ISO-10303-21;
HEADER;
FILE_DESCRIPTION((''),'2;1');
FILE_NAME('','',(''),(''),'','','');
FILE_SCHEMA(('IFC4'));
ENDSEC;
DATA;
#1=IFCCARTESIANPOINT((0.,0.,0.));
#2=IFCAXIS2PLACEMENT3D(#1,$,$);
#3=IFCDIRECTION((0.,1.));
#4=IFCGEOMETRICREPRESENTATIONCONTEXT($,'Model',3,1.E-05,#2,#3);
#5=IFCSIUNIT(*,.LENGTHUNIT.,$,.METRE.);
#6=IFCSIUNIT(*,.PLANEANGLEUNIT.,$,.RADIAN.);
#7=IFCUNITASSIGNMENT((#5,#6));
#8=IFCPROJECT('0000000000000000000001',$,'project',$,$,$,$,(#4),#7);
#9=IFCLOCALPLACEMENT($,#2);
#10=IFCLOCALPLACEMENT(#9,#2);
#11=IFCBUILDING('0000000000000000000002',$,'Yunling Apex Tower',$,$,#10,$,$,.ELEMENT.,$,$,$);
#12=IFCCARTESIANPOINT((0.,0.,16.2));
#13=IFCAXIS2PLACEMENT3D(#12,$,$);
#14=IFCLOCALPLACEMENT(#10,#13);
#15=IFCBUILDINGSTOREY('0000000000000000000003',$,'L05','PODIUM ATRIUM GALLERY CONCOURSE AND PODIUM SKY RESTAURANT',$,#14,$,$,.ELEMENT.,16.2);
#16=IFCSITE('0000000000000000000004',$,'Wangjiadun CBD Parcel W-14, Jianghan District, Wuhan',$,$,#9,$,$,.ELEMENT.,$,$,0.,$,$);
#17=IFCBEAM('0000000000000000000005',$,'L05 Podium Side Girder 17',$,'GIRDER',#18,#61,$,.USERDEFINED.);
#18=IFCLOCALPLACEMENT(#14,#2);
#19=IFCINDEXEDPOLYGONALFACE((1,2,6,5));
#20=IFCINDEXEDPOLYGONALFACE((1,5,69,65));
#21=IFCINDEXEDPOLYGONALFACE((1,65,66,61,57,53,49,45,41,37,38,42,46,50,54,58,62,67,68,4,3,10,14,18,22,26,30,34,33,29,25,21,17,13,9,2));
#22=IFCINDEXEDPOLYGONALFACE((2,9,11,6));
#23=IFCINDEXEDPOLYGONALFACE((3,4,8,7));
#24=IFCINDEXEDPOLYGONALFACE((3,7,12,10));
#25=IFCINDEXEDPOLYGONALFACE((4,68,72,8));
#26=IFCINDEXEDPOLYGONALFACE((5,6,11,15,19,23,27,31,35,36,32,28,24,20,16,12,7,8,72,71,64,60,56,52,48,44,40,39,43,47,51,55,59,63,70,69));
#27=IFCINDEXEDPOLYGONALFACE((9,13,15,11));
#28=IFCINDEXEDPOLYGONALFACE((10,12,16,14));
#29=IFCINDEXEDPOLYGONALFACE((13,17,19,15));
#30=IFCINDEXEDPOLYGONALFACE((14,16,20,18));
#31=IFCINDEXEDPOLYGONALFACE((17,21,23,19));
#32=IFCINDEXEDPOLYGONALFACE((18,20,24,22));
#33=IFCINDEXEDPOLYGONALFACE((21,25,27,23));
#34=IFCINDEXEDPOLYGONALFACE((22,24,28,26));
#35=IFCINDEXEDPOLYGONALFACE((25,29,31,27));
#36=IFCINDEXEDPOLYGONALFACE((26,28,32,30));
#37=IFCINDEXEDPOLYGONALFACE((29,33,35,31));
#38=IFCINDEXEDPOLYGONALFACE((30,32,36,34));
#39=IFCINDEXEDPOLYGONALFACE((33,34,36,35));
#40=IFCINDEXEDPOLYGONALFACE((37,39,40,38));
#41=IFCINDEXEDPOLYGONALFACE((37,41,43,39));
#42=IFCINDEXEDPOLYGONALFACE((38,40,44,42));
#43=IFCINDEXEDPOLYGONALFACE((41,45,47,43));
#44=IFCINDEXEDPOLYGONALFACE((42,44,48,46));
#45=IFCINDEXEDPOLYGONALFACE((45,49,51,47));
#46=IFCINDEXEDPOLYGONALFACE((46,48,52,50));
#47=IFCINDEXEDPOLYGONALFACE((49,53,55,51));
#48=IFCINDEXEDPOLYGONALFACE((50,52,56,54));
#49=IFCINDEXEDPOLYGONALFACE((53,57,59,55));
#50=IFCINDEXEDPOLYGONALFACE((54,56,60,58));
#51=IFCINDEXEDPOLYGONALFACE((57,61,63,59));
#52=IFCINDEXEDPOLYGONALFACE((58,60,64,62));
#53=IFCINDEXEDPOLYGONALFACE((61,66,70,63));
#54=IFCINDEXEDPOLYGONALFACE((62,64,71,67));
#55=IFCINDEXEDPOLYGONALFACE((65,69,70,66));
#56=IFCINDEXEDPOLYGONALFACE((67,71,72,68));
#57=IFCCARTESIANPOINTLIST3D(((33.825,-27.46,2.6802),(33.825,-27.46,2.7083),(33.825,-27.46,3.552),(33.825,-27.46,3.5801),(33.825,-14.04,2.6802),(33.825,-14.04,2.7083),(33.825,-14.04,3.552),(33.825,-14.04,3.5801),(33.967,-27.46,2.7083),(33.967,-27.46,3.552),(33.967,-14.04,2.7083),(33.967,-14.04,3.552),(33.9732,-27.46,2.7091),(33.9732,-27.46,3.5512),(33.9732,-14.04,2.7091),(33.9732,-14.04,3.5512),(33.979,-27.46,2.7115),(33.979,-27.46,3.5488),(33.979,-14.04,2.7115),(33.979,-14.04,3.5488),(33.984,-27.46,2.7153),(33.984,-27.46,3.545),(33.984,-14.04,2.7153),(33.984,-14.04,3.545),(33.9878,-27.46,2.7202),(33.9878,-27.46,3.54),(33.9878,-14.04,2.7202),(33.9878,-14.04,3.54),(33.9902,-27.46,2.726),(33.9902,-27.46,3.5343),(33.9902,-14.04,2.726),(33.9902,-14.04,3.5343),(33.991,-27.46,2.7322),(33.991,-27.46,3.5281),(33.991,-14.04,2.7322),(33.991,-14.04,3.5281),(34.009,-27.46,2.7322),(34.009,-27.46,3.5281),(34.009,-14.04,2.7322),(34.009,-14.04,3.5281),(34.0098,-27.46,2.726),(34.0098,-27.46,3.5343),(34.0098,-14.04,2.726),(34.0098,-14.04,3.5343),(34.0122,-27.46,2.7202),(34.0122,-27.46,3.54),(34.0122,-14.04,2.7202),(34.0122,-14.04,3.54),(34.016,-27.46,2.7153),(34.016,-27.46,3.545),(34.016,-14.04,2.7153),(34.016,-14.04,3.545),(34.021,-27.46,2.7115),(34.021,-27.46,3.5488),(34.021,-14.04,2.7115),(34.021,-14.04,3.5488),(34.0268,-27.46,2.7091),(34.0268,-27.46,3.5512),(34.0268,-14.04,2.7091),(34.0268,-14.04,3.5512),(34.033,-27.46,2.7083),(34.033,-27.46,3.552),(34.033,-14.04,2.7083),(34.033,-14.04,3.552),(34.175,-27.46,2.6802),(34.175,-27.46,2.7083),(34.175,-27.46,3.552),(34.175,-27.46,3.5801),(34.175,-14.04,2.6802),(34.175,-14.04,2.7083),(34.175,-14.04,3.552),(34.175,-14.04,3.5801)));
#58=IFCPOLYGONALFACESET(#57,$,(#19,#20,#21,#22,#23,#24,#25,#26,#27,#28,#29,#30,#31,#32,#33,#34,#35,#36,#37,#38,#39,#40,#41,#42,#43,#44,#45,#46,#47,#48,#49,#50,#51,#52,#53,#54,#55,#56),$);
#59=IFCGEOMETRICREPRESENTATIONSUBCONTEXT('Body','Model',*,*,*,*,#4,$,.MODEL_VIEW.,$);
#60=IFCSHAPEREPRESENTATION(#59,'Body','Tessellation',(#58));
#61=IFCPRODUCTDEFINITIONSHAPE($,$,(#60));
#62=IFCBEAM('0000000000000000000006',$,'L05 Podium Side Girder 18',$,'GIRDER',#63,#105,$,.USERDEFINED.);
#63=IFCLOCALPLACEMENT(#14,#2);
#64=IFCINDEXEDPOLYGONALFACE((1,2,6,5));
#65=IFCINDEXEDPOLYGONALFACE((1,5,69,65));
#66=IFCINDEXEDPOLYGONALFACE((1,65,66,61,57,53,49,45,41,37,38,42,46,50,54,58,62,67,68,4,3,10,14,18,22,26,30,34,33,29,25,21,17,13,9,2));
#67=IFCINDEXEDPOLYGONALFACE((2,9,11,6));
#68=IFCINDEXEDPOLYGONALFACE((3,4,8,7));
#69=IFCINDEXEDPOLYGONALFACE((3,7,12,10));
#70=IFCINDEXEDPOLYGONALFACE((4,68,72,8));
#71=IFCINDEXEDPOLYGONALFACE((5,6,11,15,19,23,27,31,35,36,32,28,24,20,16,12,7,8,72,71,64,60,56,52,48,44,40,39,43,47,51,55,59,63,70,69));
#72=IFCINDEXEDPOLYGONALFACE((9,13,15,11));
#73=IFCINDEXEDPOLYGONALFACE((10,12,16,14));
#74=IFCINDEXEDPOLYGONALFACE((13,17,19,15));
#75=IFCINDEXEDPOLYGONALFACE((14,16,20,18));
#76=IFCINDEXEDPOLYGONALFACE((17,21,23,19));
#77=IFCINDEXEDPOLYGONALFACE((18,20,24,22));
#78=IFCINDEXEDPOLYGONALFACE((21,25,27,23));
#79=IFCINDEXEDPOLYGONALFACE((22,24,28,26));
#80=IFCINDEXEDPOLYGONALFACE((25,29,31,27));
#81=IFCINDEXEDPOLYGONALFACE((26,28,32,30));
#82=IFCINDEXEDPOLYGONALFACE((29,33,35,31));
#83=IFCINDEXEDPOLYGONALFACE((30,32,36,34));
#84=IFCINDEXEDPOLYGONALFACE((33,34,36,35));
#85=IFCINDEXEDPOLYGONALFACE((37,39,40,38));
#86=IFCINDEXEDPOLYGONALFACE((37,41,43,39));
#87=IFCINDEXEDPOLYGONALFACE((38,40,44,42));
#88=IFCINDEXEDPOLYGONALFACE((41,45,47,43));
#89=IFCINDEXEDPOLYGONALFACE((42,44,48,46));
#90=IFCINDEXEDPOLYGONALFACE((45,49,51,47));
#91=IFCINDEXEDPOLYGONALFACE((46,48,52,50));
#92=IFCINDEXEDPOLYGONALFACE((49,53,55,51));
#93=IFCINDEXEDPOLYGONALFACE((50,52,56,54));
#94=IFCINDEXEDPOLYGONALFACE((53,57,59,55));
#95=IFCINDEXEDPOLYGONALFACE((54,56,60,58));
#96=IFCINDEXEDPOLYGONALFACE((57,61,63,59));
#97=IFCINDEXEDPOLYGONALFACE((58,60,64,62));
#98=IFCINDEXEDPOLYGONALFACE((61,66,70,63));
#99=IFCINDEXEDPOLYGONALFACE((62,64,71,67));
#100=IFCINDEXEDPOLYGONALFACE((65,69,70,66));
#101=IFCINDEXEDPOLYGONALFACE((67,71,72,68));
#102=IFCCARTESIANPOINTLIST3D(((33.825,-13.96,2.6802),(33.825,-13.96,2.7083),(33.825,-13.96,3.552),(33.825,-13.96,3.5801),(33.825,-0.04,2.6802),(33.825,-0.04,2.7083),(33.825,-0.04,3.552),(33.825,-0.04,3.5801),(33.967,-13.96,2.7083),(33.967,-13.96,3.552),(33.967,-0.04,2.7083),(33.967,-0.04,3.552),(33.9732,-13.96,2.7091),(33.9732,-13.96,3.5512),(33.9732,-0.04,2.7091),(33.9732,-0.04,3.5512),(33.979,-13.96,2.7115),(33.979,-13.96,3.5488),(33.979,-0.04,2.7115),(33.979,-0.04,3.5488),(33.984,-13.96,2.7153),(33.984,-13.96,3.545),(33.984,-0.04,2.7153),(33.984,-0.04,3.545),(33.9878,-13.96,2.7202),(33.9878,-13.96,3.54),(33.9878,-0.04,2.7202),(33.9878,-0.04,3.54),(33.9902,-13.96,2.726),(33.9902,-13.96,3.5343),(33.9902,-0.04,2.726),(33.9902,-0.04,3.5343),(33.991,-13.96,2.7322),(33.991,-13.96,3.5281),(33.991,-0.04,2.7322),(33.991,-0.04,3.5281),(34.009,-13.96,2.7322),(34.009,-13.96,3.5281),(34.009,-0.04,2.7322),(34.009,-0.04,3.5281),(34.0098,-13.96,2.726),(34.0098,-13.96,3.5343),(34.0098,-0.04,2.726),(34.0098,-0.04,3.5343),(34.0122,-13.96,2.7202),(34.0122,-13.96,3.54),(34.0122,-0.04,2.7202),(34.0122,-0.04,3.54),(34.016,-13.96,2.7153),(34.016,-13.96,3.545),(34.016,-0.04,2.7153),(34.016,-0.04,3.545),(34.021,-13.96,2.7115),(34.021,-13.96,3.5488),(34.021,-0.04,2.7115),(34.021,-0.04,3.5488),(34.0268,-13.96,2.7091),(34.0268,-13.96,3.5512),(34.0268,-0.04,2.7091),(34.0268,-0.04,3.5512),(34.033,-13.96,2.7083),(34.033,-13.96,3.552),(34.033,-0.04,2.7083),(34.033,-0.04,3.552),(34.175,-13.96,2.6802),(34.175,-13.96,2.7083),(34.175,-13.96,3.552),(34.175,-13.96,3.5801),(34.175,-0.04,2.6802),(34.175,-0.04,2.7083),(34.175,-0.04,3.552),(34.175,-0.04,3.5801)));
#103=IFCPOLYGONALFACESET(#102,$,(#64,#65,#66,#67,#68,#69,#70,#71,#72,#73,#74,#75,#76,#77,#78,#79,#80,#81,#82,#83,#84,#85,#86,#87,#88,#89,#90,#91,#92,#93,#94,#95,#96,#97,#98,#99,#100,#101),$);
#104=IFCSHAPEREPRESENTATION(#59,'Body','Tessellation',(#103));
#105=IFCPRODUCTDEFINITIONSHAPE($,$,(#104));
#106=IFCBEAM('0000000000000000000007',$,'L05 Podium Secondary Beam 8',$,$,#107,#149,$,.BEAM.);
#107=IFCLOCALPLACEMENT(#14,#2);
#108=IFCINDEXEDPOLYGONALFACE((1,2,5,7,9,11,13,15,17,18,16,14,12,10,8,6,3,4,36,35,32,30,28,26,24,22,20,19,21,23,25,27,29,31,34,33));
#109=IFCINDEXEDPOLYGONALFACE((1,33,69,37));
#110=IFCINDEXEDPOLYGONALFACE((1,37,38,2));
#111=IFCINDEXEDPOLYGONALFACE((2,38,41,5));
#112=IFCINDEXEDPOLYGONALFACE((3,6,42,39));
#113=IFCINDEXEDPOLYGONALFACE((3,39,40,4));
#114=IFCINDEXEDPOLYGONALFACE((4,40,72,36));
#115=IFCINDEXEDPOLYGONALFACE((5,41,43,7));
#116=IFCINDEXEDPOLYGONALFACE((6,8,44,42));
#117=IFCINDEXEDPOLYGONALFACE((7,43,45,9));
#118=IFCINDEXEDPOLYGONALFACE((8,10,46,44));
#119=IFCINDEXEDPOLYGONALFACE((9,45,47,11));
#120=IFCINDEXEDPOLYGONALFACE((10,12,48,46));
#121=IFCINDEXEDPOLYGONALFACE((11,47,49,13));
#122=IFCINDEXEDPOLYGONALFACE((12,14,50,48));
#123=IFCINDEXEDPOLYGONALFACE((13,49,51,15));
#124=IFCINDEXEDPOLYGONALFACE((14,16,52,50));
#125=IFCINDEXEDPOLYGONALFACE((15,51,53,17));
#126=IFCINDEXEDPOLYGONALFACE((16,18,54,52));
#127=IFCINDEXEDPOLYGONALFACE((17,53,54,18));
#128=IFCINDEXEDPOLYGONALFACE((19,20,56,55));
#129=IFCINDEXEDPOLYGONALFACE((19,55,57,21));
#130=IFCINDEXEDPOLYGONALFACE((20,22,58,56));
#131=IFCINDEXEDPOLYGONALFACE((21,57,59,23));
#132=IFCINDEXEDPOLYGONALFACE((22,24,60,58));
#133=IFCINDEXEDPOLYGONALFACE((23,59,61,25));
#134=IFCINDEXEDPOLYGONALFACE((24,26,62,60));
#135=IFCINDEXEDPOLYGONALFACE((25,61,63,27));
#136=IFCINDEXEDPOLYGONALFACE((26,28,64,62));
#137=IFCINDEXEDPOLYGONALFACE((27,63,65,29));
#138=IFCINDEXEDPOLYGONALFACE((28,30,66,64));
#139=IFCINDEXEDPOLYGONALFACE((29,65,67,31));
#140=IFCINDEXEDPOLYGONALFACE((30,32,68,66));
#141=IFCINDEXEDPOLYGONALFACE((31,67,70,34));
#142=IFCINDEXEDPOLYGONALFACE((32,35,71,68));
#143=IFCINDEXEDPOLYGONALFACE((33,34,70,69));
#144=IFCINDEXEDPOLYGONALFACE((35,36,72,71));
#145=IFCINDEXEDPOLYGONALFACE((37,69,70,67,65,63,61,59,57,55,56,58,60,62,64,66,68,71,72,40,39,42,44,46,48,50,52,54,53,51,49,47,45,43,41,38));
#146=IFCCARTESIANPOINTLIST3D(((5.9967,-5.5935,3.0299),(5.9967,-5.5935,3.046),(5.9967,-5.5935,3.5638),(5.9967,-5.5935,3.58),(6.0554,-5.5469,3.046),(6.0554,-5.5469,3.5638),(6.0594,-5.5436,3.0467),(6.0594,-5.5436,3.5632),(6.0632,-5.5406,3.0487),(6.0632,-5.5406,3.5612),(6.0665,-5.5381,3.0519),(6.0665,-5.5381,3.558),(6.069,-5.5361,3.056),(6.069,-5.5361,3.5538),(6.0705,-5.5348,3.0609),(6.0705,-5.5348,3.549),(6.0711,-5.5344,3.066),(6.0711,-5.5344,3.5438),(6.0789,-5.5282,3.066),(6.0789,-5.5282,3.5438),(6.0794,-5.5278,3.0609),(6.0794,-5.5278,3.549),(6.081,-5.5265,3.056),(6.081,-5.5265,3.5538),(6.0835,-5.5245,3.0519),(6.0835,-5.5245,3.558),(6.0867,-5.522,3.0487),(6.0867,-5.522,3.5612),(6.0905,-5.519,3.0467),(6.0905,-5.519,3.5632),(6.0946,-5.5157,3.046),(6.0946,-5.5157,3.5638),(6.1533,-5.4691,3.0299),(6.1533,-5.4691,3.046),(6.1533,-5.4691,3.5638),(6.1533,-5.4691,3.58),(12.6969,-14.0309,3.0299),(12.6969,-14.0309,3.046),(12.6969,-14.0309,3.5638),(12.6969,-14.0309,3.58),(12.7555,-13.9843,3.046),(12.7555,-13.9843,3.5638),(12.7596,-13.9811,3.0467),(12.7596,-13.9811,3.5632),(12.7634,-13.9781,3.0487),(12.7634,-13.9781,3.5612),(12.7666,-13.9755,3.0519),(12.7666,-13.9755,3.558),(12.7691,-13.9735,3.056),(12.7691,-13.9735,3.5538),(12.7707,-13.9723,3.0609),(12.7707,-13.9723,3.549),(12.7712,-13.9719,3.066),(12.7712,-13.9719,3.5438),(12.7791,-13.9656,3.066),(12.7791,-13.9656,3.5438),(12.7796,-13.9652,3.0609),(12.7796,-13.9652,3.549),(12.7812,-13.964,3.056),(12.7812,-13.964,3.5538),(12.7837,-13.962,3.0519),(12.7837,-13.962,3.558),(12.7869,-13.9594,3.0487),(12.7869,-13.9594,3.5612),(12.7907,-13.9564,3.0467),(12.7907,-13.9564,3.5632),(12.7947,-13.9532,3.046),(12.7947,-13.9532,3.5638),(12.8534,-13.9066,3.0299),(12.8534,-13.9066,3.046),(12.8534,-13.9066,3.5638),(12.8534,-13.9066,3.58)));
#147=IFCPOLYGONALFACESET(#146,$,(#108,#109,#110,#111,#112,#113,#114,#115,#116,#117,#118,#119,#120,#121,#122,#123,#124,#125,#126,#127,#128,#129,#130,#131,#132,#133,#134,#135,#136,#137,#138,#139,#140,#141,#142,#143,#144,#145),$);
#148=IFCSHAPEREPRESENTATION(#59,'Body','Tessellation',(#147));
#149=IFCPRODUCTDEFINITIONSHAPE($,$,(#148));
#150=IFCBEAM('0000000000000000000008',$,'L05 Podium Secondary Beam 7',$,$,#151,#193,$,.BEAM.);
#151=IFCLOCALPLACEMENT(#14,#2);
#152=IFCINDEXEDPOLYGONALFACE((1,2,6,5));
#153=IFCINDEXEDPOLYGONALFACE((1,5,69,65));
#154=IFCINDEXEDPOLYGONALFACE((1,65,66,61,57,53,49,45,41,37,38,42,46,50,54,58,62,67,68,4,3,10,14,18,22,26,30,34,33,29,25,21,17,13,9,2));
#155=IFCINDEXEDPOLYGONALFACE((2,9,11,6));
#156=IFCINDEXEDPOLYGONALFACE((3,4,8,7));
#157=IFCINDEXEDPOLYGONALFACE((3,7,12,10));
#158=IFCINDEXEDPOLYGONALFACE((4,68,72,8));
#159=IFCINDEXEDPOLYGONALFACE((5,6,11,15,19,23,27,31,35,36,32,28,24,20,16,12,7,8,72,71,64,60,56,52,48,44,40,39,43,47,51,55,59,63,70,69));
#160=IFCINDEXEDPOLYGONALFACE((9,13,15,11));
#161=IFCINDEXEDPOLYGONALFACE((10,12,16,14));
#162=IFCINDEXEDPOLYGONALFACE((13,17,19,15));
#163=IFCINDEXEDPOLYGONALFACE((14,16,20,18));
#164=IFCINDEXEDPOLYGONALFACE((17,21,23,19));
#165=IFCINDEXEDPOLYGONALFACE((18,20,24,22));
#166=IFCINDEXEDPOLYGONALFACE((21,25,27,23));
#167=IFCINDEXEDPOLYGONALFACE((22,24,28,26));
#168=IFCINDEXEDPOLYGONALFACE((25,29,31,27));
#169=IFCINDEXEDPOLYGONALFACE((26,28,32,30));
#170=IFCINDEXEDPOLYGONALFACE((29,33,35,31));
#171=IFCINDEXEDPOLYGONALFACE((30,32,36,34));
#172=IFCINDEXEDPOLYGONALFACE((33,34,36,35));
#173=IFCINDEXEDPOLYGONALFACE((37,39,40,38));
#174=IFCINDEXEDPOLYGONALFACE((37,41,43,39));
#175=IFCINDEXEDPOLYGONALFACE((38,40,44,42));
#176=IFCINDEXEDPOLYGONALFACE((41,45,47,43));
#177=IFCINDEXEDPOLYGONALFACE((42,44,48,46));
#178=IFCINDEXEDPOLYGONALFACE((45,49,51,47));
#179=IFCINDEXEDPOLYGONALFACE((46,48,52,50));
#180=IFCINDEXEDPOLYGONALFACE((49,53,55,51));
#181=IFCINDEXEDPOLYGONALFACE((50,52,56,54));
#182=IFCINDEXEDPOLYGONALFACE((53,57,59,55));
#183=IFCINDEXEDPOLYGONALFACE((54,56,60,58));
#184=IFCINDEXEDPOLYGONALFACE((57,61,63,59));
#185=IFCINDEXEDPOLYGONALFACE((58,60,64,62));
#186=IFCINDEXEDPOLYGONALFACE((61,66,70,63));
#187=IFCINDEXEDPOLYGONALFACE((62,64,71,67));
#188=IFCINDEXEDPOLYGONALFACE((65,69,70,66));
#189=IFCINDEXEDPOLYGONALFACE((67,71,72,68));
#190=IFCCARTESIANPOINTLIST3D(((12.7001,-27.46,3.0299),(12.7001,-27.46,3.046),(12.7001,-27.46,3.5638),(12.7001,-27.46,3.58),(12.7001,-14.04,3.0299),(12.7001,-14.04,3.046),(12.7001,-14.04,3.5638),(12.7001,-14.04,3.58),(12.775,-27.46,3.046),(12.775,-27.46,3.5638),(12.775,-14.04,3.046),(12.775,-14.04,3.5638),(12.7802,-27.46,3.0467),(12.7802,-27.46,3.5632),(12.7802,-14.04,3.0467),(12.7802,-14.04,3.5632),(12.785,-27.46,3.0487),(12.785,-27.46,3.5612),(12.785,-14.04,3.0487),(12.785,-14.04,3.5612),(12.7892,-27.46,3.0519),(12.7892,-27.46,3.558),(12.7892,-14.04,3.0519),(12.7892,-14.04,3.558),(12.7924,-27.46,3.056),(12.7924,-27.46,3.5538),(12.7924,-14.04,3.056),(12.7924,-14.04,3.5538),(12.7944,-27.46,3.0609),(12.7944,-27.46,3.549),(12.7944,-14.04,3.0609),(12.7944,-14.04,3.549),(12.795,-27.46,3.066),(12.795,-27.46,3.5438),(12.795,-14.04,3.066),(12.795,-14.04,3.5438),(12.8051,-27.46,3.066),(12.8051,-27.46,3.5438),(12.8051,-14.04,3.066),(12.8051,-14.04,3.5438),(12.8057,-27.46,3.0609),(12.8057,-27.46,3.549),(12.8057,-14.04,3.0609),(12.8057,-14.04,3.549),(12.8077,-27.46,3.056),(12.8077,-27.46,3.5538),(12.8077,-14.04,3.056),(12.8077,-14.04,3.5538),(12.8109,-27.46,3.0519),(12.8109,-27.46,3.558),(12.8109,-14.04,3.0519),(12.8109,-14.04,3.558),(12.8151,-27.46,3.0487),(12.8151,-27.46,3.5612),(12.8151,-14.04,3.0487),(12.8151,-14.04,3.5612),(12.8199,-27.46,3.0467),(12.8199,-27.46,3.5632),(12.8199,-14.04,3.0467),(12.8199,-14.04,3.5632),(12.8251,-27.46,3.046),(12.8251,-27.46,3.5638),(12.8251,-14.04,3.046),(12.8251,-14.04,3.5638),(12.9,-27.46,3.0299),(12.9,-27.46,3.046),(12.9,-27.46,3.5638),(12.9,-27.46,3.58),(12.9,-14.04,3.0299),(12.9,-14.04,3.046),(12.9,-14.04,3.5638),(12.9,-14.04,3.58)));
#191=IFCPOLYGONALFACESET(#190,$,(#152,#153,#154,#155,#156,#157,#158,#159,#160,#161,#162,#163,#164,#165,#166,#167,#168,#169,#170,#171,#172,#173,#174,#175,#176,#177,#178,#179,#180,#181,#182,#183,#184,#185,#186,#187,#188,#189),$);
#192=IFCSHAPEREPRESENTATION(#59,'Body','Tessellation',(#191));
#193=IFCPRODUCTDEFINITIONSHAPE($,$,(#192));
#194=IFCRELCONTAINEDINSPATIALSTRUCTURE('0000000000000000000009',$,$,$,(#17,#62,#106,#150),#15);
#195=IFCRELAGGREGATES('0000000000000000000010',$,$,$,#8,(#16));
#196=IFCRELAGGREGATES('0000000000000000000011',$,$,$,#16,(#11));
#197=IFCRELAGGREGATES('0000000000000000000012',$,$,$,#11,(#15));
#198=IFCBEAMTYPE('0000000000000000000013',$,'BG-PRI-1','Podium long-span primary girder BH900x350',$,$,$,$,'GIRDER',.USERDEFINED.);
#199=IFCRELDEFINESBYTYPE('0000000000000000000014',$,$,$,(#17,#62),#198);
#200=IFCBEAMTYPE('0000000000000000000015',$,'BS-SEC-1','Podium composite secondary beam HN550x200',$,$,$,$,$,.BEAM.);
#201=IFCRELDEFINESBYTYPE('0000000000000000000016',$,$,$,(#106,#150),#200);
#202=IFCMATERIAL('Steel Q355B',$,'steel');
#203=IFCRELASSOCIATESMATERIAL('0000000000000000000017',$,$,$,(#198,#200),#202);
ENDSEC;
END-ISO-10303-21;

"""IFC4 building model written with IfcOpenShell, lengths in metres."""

from ifc_helpers import new_model, si_unit, direction, frame, origin, origin_2d, place, context, subcontext, project, spatial, i_section, extrude, source, transform, mapped, material, material_profile, profile_set, type_object, element, save


model = new_model("IFC4")

# Units and contexts
model_context = context("Model", 3, precision=1e-05, world=origin(), true_north=direction((0.0, 1.0)))
body_context = subcontext(model_context, "Body", "Model", "MODEL_VIEW")
ifc_project = project(units=[si_unit("LENGTHUNIT", "METRE"), si_unit("PLANEANGLEUNIT", "RADIAN")], contexts=[model_context])

# Site, building, storey
site_placement = place(None, origin())
site = spatial("IfcSite", under=ifc_project, at=site_placement, Name="Wangjiadun CBD Parcel W-14, Jianghan District, Wuhan", CompositionType="ELEMENT", RefElevation=0.0)
building_placement = place(site_placement, origin())
building = spatial("IfcBuilding", under=site, at=building_placement, Name="Yunling Apex Tower", CompositionType="ELEMENT")
storey_placement = place(building_placement, frame((0.0, 0.0, 16.2)))
storey = spatial("IfcBuildingStorey", under=building, at=storey_placement, Name="L05", Description="PODIUM ATRIUM GALLERY CONCOURSE AND PODIUM SKY RESTAURANT", CompositionType="ELEMENT", Elevation=16.2)

# Beams
ifc_material_1 = material(Name="Steel Q355B", Category="steel")
ifc_material_profile_1 = material_profile(ifc_material_1, i_section(OverallWidth=0.3501, OverallDepth=0.8999, WebThickness=0.0181, FlangeThickness=0.0281, FilletRadius=0.0239, at=origin_2d()))
ifc_profile_set_1 = profile_set([ifc_material_profile_1], Name="Steel Q355B")
beam_type_1 = type_object("IfcBeamType", Name="BG-PRI-1", Description="Podium long-span primary girder BH900x350", ElementType="GIRDER", PredefinedType="USERDEFINED", material=ifc_profile_set_1)
shared_shape_1 = source(origin(), body_context, "Body", "SweptSolid", [
    extrude(i_section(OverallWidth=0.3501, OverallDepth=0.8999, WebThickness=0.0181, FlangeThickness=0.0281, FilletRadius=0.0239, at=origin_2d()), origin(), (0.0, 0.0, 1.0), 13.4199),
])
beam_1_placement = place(storey_placement, frame((34.0, -27.46, 3.1301), z_axis=(0.0, 1.0, 0.0), x_axis=(-1.0, 0.0, 0.0)))
element("IfcBeam", 1, at=beam_1_placement, inside=storey, type_object=beam_type_1, Name="L05 Podium Side Girder 17", ObjectType="GIRDER", PredefinedType="USERDEFINED", context=body_context, shape_type="MappedRepresentation", body=[
    mapped(shared_shape_1, transform((0.0, 0.0, 0.0), scale=1.0)),
])
shared_shape_2 = source(origin(), body_context, "Body", "SweptSolid", [
    extrude(i_section(OverallWidth=0.3501, OverallDepth=0.8999, WebThickness=0.0181, FlangeThickness=0.0281, FilletRadius=0.0239, at=origin_2d()), origin(), (0.0, 0.0, 1.0), 13.9199),
])
beam_2_placement = place(storey_placement, frame((34.0, -13.96, 3.1301), z_axis=(0.0, 1.0, 0.0), x_axis=(-1.0, 0.0, 0.0)))
element("IfcBeam", 2, at=beam_2_placement, inside=storey, type_object=beam_type_1, Name="L05 Podium Side Girder 18", ObjectType="GIRDER", PredefinedType="USERDEFINED", context=body_context, shape_type="MappedRepresentation", body=[
    mapped(shared_shape_2, transform((0.0, 0.0, 0.0), scale=1.0)),
])
ifc_material_profile_2 = material_profile(ifc_material_1, i_section(OverallWidth=0.2, OverallDepth=0.55, WebThickness=0.01, FlangeThickness=0.0161, FilletRadius=0.02, at=origin_2d()))
ifc_profile_set_2 = profile_set([ifc_material_profile_2], Name="Steel Q355B")
beam_type_2 = type_object("IfcBeamType", Name="BS-SEC-1", Description="Podium composite secondary beam HN550x200", PredefinedType="BEAM", material=ifc_profile_set_2)
shared_shape_3 = source(origin(), body_context, "Body", "SweptSolid", [
    extrude(i_section(OverallWidth=0.2, OverallDepth=0.55, WebThickness=0.01, FlangeThickness=0.0161, FilletRadius=0.02, at=origin_2d()), origin(), (0.0, 0.0, 1.0), 10.7742),
])
beam_3_placement = place(storey_placement, frame((12.7751, -13.9688, 3.3049), z_axis=(-0.621872, 0.783119, 0.0), x_axis=(-0.783119, -0.621872, 0.0)))
element("IfcBeam", 3, at=beam_3_placement, inside=storey, type_object=beam_type_2, Name="L05 Podium Secondary Beam 8", PredefinedType="BEAM", context=body_context, shape_type="MappedRepresentation", body=[
    mapped(shared_shape_3, transform((0.0, 0.0, 0.0), scale=1.0)),
])
shared_shape_4 = source(origin(), body_context, "Body", "SweptSolid", [
    extrude(i_section(OverallWidth=0.2, OverallDepth=0.55, WebThickness=0.01, FlangeThickness=0.0161, FilletRadius=0.02, at=origin_2d()), origin(), (0.0, 0.0, 1.0), 13.4199),
])
beam_4_placement = place(storey_placement, frame((12.8, -27.46, 3.3049), z_axis=(0.0, 1.0, 0.0), x_axis=(-1.0, 0.0, 0.0)))
element("IfcBeam", 4, at=beam_4_placement, inside=storey, type_object=beam_type_2, Name="L05 Podium Secondary Beam 7", PredefinedType="BEAM", context=body_context, shape_type="MappedRepresentation", body=[
    mapped(shared_shape_4, transform((0.0, 0.0, 0.0), scale=1.0)),
])

save(model, "model.ifc")
